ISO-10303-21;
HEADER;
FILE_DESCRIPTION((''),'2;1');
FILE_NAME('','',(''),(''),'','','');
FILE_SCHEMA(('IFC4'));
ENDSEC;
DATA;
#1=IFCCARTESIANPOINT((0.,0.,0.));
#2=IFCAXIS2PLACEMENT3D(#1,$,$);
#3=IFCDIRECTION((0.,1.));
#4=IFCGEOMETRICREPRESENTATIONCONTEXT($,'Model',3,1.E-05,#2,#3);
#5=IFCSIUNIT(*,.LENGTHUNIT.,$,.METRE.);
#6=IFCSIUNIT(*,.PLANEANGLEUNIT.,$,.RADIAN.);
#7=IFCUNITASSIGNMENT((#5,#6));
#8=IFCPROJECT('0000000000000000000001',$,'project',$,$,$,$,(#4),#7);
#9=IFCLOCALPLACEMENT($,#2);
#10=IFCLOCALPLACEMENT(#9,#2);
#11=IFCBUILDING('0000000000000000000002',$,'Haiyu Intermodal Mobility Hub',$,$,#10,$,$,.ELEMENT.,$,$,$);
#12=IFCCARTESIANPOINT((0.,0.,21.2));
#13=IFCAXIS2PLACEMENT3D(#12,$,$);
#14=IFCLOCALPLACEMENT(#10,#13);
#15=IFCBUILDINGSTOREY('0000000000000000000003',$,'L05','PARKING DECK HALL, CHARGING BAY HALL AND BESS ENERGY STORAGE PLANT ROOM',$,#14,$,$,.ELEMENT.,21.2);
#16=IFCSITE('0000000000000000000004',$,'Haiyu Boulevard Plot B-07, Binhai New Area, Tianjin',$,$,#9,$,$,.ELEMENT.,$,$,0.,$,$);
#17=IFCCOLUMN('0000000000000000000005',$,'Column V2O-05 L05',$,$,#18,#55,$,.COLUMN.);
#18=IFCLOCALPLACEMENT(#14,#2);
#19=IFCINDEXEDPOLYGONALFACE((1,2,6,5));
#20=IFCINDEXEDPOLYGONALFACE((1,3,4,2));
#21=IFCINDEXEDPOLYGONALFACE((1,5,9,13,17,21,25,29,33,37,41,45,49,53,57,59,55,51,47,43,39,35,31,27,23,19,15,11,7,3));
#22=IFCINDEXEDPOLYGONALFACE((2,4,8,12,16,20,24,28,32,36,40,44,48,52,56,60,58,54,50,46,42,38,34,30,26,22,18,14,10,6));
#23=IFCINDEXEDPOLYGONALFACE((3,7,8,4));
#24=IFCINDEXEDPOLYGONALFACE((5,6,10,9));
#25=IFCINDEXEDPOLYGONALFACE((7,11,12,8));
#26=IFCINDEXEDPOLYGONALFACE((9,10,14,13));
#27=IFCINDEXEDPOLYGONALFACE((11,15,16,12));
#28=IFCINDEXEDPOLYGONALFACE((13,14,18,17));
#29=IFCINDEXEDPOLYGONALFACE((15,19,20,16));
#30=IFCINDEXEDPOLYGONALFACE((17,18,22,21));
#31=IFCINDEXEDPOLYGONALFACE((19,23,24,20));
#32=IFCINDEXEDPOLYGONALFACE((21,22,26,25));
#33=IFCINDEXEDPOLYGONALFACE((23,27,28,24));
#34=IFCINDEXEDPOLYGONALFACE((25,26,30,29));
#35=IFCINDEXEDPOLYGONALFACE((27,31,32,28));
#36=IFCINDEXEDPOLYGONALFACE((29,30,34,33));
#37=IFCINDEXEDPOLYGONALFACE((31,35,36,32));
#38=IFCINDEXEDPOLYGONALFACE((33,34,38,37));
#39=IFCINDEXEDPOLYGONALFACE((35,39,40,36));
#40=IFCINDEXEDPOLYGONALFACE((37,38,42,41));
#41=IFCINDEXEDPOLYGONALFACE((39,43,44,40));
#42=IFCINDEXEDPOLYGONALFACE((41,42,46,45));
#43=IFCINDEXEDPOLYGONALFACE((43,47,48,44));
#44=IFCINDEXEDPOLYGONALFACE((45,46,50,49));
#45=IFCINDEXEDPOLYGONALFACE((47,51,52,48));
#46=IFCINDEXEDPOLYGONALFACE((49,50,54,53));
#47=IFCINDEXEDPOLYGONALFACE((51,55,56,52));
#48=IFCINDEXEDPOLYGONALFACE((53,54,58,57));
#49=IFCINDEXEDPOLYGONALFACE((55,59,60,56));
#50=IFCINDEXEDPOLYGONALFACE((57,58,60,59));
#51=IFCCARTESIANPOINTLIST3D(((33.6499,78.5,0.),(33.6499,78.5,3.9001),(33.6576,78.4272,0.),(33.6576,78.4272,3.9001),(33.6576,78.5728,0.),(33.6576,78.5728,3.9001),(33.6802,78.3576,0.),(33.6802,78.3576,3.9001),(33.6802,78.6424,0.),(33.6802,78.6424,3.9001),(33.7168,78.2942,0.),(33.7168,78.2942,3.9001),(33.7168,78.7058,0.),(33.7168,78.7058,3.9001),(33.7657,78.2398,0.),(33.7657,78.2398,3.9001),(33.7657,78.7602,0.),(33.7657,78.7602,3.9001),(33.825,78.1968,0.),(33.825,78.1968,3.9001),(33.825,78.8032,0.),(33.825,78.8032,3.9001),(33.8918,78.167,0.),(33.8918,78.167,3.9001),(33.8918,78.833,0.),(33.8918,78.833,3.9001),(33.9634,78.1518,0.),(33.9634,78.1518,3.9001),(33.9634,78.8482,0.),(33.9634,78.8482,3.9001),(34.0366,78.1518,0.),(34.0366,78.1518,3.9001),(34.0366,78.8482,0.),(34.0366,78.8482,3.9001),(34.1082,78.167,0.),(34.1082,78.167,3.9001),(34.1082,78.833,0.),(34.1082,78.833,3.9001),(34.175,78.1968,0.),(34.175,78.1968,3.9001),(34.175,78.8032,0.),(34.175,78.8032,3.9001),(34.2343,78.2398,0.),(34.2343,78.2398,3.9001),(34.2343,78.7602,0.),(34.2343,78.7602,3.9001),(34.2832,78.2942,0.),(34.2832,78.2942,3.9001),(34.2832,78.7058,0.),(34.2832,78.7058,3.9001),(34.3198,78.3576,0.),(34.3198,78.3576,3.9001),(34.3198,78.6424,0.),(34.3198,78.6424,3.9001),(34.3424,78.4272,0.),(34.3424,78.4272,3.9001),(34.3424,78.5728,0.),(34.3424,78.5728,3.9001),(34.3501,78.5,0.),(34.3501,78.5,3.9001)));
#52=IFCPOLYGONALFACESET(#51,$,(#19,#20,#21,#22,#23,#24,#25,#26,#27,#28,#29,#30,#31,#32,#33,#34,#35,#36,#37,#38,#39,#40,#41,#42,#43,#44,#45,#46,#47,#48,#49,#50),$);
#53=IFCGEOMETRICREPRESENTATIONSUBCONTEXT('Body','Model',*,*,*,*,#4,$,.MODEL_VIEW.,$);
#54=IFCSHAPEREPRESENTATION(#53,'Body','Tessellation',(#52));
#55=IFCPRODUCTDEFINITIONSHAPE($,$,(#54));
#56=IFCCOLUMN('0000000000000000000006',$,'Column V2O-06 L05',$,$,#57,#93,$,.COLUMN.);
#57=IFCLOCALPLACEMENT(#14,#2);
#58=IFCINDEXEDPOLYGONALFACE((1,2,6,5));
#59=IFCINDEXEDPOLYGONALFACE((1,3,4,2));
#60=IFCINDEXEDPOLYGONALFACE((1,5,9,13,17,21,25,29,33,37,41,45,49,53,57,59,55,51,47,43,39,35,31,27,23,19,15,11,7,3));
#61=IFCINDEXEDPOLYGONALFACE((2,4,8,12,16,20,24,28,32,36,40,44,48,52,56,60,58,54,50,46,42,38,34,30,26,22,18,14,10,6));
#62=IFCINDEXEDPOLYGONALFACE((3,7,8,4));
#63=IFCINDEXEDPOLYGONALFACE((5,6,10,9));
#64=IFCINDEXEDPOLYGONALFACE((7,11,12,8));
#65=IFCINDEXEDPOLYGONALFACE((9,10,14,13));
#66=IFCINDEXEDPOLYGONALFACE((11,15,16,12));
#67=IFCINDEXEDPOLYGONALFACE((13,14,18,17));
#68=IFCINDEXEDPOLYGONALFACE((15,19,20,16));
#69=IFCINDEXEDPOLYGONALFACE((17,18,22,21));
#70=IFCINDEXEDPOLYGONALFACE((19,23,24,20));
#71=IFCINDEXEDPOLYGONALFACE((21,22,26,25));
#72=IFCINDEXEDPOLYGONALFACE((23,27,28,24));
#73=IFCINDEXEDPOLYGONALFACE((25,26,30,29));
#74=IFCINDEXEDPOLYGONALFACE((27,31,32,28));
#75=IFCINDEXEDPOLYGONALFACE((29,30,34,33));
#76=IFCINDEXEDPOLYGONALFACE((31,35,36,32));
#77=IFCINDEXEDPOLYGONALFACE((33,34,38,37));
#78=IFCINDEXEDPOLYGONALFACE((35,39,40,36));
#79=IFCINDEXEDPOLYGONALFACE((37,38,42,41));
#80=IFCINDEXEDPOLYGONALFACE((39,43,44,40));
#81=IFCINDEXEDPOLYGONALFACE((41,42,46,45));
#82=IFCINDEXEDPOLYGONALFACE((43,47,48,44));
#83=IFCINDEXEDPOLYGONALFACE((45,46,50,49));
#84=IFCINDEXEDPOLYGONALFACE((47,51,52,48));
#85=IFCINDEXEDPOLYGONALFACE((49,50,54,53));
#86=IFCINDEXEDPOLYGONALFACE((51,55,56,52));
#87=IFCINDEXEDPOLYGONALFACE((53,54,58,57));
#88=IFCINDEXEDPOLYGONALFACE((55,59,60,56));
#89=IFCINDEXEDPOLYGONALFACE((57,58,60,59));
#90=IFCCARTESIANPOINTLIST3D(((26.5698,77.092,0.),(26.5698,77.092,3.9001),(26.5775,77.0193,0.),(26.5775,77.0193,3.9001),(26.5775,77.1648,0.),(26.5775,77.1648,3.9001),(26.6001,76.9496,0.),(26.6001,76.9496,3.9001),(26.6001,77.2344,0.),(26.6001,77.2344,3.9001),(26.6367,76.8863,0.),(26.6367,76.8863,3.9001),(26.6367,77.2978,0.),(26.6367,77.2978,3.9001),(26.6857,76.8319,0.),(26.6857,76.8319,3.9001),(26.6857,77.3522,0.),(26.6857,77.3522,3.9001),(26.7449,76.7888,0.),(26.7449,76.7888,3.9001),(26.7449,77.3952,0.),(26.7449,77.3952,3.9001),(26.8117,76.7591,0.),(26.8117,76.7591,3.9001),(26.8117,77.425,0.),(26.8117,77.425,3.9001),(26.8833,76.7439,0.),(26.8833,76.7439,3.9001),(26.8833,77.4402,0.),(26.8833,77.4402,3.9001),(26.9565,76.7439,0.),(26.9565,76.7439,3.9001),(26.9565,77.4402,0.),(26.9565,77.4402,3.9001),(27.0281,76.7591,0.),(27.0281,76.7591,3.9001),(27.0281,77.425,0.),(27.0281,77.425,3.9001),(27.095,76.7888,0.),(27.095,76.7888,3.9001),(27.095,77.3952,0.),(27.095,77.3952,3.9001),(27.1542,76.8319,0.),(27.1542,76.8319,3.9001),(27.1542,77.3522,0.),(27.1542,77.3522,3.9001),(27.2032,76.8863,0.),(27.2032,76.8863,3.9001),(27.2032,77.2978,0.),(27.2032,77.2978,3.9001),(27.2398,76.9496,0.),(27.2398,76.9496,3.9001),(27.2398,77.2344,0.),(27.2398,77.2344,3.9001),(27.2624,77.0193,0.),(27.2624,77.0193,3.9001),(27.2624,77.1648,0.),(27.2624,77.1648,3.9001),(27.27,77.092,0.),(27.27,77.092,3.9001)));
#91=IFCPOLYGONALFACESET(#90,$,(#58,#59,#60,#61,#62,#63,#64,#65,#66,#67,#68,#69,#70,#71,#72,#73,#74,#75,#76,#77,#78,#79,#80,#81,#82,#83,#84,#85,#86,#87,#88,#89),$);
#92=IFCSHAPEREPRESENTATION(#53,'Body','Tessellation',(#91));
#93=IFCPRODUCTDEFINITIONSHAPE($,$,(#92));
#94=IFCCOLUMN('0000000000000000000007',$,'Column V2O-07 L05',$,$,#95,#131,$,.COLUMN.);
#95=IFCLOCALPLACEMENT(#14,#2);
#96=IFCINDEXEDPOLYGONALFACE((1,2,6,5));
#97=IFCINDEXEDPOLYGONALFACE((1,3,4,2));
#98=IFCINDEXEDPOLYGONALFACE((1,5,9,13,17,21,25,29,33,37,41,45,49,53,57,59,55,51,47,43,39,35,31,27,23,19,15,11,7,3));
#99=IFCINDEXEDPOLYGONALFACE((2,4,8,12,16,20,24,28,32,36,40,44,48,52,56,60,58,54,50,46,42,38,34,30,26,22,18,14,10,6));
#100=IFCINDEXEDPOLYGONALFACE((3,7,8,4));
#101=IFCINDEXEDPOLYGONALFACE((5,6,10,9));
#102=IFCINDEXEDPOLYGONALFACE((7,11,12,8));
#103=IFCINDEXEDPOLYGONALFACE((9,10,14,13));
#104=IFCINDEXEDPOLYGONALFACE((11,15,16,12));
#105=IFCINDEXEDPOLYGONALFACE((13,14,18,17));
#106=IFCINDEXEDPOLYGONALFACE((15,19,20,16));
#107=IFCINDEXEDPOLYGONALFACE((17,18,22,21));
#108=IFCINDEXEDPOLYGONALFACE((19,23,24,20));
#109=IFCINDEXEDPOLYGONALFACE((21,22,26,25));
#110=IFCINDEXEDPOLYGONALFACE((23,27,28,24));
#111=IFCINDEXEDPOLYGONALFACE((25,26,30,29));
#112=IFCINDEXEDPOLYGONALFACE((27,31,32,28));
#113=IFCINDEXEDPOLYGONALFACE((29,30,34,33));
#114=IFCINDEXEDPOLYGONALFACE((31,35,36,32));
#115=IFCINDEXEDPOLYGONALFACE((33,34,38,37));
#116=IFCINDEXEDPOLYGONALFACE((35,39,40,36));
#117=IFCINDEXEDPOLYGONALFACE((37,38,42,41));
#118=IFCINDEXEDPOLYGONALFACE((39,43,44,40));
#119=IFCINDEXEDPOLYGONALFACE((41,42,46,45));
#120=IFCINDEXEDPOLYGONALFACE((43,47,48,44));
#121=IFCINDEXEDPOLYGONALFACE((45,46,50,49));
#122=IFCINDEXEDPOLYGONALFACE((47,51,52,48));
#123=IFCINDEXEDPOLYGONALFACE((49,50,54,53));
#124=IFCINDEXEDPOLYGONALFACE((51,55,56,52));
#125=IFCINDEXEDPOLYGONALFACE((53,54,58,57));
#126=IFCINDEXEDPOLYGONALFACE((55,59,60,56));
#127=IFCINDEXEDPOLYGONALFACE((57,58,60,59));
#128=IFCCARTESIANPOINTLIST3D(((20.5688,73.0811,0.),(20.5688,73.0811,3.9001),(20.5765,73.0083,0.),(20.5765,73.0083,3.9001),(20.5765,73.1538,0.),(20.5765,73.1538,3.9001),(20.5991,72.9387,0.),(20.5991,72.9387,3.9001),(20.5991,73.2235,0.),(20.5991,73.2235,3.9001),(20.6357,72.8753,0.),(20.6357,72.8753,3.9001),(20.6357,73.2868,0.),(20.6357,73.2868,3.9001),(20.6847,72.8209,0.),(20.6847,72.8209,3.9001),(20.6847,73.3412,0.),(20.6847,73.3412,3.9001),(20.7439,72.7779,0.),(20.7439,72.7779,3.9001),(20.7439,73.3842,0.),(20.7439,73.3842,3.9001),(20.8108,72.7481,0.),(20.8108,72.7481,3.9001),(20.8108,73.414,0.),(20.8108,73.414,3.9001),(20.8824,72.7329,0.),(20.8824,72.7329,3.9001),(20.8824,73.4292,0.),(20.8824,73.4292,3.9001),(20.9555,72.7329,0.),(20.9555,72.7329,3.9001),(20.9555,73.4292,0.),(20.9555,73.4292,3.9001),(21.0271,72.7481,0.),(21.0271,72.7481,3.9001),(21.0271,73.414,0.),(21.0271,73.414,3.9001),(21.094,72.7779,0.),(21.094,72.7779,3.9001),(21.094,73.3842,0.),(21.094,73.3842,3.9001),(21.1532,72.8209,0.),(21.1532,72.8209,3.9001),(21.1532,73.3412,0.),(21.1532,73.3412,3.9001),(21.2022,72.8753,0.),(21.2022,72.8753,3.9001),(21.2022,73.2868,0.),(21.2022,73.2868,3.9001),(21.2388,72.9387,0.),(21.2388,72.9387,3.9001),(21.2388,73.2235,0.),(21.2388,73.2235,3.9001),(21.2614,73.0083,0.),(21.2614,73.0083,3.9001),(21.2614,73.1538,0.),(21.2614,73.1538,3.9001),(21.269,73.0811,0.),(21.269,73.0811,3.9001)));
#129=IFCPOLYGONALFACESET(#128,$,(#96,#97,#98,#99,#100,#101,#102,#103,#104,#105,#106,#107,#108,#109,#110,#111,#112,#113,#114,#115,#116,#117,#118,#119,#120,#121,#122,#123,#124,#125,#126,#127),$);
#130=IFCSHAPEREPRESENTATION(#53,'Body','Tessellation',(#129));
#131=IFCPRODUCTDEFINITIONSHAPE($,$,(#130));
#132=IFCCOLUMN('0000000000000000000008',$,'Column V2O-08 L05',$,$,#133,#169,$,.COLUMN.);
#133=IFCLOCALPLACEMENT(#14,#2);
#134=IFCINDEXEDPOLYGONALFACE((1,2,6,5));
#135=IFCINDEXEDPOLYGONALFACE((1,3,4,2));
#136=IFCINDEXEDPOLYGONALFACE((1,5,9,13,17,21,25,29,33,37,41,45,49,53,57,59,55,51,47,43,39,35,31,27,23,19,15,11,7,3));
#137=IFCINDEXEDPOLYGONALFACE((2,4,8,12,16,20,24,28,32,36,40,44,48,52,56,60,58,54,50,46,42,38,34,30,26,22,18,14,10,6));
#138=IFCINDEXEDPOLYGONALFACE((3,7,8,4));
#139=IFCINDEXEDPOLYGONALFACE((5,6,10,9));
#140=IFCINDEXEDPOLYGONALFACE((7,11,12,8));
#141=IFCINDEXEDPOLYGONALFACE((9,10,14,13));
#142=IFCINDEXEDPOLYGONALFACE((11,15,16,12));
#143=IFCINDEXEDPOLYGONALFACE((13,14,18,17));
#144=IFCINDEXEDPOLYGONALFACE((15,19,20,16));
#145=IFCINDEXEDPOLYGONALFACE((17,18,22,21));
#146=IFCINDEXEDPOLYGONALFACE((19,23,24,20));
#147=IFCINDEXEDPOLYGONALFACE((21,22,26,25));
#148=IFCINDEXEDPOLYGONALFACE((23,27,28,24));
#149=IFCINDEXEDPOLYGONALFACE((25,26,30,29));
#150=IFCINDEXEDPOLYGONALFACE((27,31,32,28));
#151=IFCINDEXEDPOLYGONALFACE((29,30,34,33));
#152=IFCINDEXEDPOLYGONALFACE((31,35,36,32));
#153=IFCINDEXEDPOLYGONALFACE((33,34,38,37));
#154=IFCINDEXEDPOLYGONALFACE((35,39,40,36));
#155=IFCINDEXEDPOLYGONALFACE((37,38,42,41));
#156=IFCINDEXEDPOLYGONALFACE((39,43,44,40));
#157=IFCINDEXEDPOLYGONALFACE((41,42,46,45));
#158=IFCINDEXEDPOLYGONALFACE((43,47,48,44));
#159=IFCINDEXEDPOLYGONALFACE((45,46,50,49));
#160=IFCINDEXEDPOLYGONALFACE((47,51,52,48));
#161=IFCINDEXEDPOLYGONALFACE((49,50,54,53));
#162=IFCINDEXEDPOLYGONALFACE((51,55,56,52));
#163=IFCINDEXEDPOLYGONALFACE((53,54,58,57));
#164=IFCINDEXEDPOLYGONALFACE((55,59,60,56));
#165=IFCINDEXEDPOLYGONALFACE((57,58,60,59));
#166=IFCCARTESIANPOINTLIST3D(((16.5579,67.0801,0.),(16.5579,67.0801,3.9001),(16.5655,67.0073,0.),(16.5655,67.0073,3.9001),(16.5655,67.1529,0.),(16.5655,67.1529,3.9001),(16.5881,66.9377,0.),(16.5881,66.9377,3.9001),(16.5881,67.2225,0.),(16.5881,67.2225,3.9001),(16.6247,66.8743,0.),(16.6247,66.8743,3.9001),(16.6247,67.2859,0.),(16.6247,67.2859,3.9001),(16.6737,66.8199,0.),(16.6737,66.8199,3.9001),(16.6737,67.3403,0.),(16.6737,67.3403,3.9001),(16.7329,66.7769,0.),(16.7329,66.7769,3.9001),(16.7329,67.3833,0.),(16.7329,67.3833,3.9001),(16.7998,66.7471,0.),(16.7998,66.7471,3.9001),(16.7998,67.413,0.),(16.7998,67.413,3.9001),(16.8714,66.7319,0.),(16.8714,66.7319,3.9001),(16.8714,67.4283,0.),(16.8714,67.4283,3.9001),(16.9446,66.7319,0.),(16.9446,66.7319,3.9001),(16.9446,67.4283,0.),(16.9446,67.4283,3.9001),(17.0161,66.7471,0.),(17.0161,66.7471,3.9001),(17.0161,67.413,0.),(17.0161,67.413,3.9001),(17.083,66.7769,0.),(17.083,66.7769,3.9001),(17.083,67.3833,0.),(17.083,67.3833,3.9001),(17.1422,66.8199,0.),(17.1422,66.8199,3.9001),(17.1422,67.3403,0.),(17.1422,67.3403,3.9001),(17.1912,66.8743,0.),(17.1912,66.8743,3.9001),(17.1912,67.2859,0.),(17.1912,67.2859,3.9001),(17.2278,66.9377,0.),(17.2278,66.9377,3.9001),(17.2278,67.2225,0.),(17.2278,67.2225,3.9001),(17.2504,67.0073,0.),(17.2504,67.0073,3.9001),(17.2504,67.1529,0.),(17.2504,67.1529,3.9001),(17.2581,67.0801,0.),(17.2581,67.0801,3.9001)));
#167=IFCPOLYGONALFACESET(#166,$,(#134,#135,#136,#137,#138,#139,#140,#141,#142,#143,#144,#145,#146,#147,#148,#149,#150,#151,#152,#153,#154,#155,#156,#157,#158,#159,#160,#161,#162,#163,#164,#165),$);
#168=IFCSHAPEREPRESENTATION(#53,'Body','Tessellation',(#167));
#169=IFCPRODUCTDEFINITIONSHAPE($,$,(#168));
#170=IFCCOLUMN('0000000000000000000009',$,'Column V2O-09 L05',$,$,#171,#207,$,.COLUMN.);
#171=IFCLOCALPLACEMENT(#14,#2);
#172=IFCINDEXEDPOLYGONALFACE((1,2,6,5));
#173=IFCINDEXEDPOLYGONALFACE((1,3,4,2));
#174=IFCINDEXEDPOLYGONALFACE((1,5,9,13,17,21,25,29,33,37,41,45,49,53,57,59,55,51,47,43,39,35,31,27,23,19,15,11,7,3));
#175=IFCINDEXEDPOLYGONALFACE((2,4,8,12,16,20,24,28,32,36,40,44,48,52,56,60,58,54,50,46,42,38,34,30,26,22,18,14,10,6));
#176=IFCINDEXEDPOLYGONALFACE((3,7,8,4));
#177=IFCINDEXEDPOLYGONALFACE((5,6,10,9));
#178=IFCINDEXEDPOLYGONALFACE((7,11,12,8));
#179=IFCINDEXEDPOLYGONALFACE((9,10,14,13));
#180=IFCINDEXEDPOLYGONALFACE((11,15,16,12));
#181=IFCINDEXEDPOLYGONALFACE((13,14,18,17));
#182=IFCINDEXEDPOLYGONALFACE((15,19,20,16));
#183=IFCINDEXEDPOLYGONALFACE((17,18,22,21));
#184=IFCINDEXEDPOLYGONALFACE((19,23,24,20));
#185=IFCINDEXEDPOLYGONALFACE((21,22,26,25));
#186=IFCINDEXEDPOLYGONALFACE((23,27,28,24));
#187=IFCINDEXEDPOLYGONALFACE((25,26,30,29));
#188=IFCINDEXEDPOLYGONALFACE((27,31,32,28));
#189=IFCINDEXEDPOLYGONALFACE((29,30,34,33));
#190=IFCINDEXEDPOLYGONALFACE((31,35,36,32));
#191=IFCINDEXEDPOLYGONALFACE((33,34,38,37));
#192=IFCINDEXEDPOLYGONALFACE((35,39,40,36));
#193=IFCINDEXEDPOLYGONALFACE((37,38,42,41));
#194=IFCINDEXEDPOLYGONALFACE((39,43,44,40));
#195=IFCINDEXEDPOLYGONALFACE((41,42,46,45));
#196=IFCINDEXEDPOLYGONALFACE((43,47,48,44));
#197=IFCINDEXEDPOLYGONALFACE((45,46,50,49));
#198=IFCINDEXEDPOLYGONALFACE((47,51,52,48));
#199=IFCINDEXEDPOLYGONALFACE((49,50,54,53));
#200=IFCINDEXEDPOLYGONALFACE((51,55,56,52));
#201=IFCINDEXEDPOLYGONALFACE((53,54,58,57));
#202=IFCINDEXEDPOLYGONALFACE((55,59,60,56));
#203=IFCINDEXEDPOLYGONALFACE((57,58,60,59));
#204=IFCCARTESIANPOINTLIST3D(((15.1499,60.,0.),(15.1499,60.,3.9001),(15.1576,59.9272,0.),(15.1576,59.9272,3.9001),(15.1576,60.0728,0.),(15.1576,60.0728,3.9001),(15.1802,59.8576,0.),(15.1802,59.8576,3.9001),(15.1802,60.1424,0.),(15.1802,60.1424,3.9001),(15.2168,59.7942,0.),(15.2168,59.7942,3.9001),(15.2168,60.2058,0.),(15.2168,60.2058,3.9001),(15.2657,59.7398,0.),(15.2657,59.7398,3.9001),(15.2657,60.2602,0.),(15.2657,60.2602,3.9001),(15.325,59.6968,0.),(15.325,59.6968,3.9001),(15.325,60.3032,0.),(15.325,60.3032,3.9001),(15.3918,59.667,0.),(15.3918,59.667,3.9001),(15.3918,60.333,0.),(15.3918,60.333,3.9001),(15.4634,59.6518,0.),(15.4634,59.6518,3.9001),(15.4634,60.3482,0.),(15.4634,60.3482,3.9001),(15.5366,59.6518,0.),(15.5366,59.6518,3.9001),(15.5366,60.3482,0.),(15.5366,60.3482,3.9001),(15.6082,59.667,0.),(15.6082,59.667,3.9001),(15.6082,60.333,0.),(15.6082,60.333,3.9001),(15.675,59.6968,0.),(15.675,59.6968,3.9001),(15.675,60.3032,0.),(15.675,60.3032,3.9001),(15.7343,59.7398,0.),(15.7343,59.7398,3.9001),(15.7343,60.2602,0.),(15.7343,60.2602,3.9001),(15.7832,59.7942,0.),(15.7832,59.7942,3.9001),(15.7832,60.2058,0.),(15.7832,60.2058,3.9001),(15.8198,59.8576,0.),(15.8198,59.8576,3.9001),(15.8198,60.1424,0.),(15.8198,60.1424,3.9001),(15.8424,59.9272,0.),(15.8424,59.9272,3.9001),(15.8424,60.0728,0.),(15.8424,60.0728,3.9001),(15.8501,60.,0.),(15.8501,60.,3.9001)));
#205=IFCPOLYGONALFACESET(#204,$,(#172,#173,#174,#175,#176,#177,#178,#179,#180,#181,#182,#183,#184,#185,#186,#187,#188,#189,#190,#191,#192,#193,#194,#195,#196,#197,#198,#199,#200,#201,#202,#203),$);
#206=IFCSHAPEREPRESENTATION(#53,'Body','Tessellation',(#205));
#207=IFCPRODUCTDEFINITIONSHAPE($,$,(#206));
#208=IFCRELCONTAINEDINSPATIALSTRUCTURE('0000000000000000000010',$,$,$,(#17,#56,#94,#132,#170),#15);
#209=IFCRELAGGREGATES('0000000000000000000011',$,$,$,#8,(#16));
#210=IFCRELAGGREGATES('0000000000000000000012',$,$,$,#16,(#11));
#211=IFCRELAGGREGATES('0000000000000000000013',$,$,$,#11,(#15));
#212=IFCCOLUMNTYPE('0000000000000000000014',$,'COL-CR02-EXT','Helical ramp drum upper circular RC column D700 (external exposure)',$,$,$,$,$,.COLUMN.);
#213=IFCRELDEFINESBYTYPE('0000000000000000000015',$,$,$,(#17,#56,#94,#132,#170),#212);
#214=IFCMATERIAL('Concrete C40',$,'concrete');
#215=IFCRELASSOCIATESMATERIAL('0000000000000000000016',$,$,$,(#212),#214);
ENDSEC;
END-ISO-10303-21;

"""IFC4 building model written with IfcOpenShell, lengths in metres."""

from ifc_helpers import new_model, si_unit, direction, frame, origin, origin_2d, place, context, subcontext, project, spatial, circle, extrude, material, material_profile, profile_set, type_object, element, save


model = new_model("IFC4")

# Units and contexts
model_context = context("Model", 3, precision=1e-05, world=origin(), true_north=direction((0.0, 1.0)))
body_context = subcontext(model_context, "Body", "Model", "MODEL_VIEW")
ifc_project = project(units=[si_unit("LENGTHUNIT", "METRE"), si_unit("PLANEANGLEUNIT", "RADIAN")], contexts=[model_context])

# Site, building, storey
site_placement = place(None, origin())
site = spatial("IfcSite", under=ifc_project, at=site_placement, Name="Haiyu Boulevard Plot B-07, Binhai New Area, Tianjin", CompositionType="ELEMENT", RefElevation=0.0)
building_placement = place(site_placement, origin())
building = spatial("IfcBuilding", under=site, at=building_placement, Name="Haiyu Intermodal Mobility Hub", CompositionType="ELEMENT")
storey_placement = place(building_placement, frame((0.0, 0.0, 21.2)))
storey = spatial("IfcBuildingStorey", under=building, at=storey_placement, Name="L05", Description="PARKING DECK HALL, CHARGING BAY HALL AND BESS ENERGY STORAGE PLANT ROOM", CompositionType="ELEMENT", Elevation=21.2)

# Columns
ifc_material_1 = material(Name="Concrete C40", Category="concrete")
ifc_material_profile_1 = material_profile(ifc_material_1, circle(Radius=0.3501, at=origin_2d()), Name="RCCOL-D700")
ifc_profile_set_1 = profile_set([ifc_material_profile_1], Name="Concrete C40")
column_type_1 = type_object("IfcColumnType", Name="COL-CR02-EXT", Description="Helical ramp drum upper circular RC column D700 (external exposure)", PredefinedType="COLUMN", material=ifc_profile_set_1)
for number, where, z_axis, x_axis, name in (
    (1, (34.0, 78.5, 0.0), (0.0, 0.0, 1.0), (1.0, 0.0, 0.0), "Column V2O-05 L05"),
    (2, (26.9199, 77.092, 0.0), (0.0, 0.0, 1.0), (1.0, 0.0, 0.0), "Column V2O-06 L05"),
    (3, (20.9189, 73.0811, 0.0), (0.0, 0.0, 1.0), (1.0, 0.0, 0.0), "Column V2O-07 L05"),
    (4, (16.908, 67.0801, 0.0), (0.0, 0.0, 1.0), (1.0, 0.0, 0.0), "Column V2O-08 L05"),
    (5, (15.5, 60.0, 0.0), (0.0, 0.0, 1.0), (1.0, 0.0, 0.0), "Column V2O-09 L05"),
):
    element("IfcColumn", number, at=place(storey_placement, frame(where, z_axis=z_axis, x_axis=x_axis)), inside=storey, type_object=column_type_1, Name=name, PredefinedType="COLUMN", context=body_context, shape_type="SweptSolid", body=[
        extrude(circle(Radius=0.3501, at=origin_2d()), origin(), (0.0, 0.0, 1.0), 3.9001),
    ])

save(model, "model.ifc")
